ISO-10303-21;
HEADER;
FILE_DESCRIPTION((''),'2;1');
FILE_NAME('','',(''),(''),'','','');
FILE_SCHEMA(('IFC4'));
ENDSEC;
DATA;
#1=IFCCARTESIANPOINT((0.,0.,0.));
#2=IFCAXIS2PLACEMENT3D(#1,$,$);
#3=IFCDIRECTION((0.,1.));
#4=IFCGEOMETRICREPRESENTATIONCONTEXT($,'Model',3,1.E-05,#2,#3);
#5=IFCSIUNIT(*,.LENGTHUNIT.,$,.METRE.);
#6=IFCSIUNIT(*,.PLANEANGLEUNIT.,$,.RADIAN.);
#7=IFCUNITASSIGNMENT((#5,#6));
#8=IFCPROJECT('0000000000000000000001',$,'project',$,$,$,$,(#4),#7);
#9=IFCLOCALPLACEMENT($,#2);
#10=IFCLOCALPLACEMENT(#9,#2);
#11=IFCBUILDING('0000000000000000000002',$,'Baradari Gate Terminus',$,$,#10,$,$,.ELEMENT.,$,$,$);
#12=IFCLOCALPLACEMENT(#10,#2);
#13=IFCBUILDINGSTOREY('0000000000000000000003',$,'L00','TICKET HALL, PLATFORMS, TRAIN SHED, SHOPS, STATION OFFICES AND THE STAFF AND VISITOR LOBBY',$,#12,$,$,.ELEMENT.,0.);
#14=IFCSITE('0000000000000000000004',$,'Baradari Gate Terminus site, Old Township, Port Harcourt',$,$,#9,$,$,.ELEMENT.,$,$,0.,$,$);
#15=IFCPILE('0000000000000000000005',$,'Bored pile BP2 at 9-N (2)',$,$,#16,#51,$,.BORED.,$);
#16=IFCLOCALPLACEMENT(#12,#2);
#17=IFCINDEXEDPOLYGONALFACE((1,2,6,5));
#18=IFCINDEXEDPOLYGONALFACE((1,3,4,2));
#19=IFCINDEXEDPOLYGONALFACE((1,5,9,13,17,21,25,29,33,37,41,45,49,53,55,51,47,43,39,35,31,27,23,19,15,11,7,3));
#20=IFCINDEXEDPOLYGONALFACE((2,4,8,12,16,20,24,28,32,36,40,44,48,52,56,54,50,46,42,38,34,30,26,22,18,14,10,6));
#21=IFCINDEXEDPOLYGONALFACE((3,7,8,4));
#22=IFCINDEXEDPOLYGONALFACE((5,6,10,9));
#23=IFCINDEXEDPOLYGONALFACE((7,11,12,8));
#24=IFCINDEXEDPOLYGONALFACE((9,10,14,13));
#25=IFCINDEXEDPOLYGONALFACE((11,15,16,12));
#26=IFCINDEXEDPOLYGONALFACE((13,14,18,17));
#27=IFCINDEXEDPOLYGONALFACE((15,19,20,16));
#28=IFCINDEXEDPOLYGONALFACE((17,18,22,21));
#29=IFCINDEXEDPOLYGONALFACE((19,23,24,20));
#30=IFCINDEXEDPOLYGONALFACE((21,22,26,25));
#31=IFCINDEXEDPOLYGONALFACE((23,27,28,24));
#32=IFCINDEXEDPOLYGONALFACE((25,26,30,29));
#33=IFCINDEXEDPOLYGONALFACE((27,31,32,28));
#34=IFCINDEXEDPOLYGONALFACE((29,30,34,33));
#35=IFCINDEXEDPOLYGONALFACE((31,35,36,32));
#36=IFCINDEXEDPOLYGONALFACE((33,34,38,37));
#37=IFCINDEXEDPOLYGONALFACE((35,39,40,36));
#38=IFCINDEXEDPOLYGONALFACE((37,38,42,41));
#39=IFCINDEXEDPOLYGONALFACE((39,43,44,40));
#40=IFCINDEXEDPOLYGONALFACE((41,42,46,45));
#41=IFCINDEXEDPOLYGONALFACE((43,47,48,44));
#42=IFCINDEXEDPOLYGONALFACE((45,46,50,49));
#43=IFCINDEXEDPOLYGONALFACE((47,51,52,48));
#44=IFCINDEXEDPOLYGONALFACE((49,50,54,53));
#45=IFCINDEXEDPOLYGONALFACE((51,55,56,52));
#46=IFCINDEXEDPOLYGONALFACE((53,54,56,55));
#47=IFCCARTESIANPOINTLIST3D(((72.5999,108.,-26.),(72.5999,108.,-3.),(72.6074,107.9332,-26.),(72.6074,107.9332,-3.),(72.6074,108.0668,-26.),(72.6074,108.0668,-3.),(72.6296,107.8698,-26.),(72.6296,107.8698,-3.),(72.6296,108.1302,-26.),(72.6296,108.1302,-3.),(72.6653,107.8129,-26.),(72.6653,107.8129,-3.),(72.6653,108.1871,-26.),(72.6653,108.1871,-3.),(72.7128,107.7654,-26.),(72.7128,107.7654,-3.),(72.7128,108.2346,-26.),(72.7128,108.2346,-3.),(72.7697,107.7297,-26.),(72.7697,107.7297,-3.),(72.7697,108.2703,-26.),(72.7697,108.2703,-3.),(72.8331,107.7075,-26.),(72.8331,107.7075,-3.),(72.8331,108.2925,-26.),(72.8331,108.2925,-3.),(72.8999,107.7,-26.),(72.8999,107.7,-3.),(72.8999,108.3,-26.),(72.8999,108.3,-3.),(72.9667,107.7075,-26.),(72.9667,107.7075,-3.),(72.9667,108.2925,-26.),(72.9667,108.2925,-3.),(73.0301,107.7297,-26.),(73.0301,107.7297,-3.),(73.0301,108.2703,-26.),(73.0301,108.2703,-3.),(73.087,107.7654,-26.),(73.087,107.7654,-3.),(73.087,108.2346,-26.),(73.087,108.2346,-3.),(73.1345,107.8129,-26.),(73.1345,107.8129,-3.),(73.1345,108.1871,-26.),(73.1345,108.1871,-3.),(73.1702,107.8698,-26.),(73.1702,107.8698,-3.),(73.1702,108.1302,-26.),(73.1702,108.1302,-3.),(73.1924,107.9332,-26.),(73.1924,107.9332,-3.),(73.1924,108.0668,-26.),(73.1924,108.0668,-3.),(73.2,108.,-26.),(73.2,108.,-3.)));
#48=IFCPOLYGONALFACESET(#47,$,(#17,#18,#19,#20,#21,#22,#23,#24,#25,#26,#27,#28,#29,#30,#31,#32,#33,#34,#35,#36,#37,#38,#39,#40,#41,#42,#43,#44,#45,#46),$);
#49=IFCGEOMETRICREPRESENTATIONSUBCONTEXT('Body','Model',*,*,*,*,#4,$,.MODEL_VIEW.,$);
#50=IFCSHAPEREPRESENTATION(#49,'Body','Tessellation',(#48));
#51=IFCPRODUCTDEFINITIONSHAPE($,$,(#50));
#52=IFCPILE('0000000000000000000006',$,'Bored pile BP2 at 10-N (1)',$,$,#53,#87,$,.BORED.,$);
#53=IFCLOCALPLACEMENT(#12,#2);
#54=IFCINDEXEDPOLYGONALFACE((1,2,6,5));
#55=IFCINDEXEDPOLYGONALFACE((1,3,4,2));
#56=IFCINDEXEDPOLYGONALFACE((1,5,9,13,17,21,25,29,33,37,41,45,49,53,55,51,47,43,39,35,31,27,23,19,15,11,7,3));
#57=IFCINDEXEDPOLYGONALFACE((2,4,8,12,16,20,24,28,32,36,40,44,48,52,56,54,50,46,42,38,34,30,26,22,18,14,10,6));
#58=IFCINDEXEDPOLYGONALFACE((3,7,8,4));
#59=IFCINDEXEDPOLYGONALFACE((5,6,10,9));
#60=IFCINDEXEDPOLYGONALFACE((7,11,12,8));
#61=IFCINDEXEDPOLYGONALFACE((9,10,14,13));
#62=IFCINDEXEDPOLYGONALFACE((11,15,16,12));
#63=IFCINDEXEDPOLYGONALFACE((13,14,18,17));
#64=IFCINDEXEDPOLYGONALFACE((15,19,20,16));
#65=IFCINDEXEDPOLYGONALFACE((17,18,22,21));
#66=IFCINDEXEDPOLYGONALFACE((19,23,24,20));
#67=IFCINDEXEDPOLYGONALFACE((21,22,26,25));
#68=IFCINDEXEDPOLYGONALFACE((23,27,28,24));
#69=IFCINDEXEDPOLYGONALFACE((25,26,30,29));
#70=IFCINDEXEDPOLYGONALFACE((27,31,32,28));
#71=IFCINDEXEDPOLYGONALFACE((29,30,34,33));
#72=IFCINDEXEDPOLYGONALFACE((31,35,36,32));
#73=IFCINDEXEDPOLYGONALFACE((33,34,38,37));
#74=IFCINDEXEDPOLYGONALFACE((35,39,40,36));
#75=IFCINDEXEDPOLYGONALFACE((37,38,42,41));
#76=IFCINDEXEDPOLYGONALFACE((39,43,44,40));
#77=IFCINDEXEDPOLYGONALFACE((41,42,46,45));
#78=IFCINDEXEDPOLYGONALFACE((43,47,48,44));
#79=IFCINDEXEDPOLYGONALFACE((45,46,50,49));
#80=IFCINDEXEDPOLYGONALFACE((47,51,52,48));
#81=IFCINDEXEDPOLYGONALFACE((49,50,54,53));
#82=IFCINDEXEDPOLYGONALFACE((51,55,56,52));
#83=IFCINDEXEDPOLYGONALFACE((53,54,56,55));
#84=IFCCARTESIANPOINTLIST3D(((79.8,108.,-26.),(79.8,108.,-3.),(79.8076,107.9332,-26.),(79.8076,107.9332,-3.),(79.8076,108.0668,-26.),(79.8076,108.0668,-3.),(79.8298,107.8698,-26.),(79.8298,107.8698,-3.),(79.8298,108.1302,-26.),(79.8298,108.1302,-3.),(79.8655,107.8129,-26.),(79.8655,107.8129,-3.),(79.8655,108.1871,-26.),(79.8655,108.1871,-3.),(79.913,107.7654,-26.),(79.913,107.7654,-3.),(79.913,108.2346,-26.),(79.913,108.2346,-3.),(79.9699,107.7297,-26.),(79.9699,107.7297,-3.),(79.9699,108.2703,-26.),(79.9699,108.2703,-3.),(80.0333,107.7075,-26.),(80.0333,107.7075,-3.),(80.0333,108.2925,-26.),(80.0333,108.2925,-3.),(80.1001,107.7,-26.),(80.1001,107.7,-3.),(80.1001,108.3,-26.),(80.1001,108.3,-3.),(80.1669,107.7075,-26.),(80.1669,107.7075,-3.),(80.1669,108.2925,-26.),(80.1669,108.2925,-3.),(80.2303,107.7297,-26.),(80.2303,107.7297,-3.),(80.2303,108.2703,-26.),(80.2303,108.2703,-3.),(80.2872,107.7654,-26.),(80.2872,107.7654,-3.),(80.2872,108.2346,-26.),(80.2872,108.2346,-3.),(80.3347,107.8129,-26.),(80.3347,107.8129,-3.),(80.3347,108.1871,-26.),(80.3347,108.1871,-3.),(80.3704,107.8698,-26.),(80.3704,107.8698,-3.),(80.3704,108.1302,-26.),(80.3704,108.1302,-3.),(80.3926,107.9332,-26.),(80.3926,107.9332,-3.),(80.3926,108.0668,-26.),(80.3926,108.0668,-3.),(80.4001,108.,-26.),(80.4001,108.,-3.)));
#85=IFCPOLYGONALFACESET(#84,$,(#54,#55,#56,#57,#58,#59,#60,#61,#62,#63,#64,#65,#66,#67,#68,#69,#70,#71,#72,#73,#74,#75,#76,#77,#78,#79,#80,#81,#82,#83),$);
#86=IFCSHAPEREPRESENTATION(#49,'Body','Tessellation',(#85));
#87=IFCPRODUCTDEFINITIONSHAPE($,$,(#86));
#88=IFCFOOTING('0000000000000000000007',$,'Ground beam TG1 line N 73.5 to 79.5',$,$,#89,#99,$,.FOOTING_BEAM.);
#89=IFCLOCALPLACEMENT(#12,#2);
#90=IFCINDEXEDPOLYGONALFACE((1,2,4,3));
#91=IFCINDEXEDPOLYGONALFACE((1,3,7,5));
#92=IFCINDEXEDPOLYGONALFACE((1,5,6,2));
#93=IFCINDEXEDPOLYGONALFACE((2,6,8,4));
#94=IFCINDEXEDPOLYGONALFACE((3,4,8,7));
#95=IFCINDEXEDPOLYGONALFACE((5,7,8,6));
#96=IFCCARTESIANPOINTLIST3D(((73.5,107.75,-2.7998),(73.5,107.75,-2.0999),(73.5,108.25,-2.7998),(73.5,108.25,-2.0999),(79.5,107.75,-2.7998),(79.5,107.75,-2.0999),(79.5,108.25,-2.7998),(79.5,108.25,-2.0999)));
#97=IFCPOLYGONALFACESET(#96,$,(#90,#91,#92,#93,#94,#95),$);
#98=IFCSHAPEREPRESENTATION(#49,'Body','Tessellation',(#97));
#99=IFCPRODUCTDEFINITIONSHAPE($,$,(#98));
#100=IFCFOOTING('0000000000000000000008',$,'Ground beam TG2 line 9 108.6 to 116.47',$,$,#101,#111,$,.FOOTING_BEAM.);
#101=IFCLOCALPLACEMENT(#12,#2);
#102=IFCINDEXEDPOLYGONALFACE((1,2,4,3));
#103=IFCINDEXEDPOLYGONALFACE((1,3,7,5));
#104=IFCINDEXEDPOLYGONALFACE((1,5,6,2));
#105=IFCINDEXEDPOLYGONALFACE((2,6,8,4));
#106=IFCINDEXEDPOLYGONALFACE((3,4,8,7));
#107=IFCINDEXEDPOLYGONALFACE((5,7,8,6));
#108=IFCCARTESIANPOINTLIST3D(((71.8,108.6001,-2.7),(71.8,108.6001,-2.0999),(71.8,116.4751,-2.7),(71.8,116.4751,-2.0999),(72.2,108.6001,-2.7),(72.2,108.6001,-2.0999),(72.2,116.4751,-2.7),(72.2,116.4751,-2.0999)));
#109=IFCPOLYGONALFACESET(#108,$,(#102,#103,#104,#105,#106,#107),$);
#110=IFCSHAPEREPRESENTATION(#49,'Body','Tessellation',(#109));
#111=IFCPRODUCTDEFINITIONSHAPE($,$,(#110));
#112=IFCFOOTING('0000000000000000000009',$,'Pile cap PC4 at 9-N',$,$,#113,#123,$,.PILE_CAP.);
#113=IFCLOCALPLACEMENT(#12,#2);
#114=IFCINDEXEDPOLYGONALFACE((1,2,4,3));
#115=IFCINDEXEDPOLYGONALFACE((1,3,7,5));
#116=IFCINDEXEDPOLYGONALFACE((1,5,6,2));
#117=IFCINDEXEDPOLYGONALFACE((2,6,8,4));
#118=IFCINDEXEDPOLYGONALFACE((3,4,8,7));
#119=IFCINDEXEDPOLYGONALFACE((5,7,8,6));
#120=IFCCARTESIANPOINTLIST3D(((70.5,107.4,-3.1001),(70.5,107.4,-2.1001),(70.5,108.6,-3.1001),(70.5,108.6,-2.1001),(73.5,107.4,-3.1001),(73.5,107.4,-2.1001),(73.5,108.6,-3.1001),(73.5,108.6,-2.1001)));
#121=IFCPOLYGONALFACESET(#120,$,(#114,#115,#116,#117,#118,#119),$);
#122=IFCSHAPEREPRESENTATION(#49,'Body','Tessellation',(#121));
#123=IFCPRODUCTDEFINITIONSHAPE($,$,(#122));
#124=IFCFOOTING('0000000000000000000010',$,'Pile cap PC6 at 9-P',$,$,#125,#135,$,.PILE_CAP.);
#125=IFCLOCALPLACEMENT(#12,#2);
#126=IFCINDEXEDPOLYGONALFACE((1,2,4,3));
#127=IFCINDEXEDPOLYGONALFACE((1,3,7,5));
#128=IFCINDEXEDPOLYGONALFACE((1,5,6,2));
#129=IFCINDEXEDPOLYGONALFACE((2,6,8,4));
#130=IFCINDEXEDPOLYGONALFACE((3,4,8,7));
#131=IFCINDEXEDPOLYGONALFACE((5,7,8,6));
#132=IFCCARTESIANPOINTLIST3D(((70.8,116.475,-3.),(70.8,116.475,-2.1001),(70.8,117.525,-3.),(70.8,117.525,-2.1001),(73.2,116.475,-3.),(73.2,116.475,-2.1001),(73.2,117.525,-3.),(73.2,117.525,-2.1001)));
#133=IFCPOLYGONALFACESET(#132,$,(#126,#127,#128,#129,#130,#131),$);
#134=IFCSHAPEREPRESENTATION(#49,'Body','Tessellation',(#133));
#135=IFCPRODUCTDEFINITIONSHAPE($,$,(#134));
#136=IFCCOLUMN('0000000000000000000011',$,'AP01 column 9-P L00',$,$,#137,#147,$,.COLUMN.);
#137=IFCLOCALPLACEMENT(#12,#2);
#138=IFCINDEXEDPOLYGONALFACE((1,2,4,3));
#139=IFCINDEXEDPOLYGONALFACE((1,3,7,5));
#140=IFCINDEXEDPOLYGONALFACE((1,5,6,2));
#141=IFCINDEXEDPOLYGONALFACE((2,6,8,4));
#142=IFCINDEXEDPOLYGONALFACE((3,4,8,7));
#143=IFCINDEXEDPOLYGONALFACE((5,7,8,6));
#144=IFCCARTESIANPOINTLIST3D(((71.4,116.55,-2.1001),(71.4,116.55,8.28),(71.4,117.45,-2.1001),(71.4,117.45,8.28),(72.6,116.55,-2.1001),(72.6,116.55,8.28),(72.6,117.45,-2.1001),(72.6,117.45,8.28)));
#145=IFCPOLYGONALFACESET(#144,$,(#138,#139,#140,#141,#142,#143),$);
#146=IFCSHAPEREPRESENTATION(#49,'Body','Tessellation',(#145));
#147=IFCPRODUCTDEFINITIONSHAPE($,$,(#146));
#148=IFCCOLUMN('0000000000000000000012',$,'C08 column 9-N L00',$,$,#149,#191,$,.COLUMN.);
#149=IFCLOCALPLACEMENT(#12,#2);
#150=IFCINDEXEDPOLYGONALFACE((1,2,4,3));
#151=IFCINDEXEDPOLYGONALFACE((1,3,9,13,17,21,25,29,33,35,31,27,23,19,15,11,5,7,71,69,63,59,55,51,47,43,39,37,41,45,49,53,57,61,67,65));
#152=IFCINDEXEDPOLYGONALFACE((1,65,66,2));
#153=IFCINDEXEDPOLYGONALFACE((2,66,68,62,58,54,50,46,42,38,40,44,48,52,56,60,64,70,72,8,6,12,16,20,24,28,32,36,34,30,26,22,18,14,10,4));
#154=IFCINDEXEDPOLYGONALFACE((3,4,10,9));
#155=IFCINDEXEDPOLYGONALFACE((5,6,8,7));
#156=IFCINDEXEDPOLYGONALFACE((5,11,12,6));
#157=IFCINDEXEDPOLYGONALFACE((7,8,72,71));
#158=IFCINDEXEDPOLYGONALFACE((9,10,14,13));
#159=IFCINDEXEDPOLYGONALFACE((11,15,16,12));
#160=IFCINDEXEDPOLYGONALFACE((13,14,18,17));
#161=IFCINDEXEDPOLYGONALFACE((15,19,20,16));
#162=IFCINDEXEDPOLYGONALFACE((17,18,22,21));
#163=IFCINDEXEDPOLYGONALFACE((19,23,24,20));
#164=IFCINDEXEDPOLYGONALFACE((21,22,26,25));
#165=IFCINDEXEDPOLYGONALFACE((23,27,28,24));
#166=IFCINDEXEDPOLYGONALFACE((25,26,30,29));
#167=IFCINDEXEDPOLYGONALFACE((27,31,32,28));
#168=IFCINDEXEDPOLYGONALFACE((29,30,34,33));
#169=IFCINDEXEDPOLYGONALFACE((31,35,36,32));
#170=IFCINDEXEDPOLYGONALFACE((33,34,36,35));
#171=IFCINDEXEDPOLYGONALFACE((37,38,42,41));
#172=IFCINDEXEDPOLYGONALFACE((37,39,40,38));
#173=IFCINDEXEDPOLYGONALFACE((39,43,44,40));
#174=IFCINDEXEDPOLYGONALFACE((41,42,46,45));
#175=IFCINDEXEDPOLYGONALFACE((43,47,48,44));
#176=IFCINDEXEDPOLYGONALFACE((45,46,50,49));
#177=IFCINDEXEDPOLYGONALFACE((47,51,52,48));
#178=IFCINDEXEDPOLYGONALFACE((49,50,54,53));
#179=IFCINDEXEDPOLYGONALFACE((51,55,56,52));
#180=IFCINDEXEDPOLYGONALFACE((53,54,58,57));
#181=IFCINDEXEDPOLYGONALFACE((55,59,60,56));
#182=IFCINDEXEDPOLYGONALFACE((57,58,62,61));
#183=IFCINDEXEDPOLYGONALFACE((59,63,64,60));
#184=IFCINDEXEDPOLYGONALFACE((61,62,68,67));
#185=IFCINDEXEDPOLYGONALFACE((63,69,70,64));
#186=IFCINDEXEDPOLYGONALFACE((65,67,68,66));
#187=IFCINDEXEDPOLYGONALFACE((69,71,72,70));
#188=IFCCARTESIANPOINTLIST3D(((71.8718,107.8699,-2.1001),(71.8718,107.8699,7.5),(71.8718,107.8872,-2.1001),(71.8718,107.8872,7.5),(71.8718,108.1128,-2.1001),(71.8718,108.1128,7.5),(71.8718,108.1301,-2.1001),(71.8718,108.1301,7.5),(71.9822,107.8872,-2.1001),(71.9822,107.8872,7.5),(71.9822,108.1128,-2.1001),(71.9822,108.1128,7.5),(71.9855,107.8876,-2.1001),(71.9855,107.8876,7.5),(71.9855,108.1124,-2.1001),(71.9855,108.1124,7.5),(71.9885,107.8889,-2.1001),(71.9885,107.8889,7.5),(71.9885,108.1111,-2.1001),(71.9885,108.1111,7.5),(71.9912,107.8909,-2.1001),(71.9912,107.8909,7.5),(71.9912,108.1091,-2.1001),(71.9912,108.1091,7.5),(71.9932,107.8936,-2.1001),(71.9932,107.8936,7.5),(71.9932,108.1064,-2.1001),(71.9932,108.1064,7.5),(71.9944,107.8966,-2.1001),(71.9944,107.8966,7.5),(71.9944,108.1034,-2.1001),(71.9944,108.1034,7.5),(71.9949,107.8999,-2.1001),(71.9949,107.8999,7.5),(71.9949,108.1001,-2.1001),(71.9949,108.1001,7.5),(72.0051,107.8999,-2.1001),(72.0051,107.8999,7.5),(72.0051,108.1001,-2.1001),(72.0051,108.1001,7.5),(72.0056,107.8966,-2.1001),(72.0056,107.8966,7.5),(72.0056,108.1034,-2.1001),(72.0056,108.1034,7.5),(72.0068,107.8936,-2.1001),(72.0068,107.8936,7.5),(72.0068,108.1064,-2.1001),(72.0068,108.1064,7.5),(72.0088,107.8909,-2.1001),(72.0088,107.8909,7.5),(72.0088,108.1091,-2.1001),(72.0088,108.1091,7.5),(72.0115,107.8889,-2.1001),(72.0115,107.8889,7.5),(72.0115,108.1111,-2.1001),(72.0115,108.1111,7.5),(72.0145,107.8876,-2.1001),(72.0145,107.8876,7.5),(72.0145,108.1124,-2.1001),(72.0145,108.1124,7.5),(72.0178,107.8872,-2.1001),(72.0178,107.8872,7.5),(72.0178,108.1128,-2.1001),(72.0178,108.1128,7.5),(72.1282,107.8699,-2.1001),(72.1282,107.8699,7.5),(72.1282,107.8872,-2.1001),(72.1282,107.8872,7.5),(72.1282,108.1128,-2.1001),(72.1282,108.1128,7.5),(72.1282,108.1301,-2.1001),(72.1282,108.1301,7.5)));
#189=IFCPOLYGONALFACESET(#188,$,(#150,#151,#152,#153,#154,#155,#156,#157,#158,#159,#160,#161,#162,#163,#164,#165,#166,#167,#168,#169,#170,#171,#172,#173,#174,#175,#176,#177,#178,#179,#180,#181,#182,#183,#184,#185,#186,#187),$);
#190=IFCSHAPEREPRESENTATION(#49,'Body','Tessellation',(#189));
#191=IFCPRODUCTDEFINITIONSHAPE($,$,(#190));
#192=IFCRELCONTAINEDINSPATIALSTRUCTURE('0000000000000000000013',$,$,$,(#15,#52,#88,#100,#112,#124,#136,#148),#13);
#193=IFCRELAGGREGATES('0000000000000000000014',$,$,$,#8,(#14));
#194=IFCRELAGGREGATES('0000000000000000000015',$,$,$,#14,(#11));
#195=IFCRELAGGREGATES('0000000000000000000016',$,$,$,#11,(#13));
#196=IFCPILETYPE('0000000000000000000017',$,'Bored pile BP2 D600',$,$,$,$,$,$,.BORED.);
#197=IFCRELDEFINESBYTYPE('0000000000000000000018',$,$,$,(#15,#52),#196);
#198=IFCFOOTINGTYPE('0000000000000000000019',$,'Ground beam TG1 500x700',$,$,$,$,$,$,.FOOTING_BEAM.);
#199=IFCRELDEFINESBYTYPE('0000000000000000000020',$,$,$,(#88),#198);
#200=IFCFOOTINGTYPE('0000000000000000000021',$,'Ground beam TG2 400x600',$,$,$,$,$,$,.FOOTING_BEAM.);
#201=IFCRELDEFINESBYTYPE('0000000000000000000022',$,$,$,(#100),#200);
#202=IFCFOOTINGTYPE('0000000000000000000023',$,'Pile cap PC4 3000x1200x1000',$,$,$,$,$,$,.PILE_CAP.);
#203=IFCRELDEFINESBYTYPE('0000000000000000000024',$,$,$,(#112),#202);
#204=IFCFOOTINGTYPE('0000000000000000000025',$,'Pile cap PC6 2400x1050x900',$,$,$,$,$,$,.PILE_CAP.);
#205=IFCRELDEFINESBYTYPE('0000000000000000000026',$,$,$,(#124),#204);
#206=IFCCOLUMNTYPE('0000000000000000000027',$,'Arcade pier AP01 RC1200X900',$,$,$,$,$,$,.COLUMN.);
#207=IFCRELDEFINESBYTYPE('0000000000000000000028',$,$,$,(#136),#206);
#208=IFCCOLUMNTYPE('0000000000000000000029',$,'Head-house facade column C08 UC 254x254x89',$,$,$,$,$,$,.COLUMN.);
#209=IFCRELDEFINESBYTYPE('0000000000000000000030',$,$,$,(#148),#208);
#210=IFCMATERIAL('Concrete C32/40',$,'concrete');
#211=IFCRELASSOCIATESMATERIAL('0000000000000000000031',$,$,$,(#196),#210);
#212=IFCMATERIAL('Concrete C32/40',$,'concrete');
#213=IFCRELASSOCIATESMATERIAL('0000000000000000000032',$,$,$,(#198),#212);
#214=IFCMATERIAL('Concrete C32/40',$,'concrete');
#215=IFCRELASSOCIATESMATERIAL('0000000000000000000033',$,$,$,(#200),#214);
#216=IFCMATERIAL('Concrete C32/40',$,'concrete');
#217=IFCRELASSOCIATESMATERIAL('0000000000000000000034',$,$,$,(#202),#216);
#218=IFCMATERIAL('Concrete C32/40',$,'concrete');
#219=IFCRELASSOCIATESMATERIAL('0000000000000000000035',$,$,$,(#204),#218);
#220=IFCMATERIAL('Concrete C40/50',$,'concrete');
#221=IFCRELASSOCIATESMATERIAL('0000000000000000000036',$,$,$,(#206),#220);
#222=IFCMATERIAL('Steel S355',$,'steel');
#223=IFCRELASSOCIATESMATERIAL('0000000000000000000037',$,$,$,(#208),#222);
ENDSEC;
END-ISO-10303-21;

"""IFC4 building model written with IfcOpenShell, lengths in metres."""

from ifc_helpers import new_model, si_unit, direction, frame, origin, origin_2d, place, context, subcontext, project, spatial, rectangle, circle, i_section, extrude, material, material_profile, profile_set, type_object, element, save


model = new_model("IFC4")

# Units and contexts
model_context = context("Model", 3, precision=1e-05, world=origin(), true_north=direction((0.0, 1.0)))
body_context = subcontext(model_context, "Body", "Model", "MODEL_VIEW")
ifc_project = project(units=[si_unit("LENGTHUNIT", "METRE"), si_unit("PLANEANGLEUNIT", "RADIAN")], contexts=[model_context])

# Site, building, storey
site_placement = place(None, origin())
site = spatial("IfcSite", under=ifc_project, at=site_placement, Name="Baradari Gate Terminus site, Old Township, Port Harcourt", CompositionType="ELEMENT", RefElevation=0.0)
building_placement = place(site_placement, origin())
building = spatial("IfcBuilding", under=site, at=building_placement, Name="Baradari Gate Terminus", CompositionType="ELEMENT")
storey_placement = place(building_placement, origin())
storey = spatial("IfcBuildingStorey", under=building, at=storey_placement, Name="L00", Description="TICKET HALL, PLATFORMS, TRAIN SHED, SHOPS, STATION OFFICES AND THE STAFF AND VISITOR LOBBY", CompositionType="ELEMENT", Elevation=0.0)

# Piles
ifc_material_1 = material(Name="Concrete C32/40", Category="concrete")
pile_type = type_object("IfcPileType", Name="Bored pile BP2 D600", PredefinedType="BORED", material=ifc_material_1)
for number, where, z_axis, x_axis, name in (
    (1, (72.8999, 108.0, -3.0), (0.0, 0.0, -1.0), (1.0, 0.0, 0.0), "Bored pile BP2 at 9-N (2)"),
    (2, (80.1001, 108.0, -3.0), (0.0, 0.0, -1.0), (1.0, 0.0, 0.0), "Bored pile BP2 at 10-N (1)"),
):
    element("IfcPile", number, at=place(storey_placement, frame(where, z_axis=z_axis, x_axis=x_axis)), inside=storey, type_object=pile_type, Name=name, PredefinedType="BORED", context=body_context, shape_type="SweptSolid", body=[
        extrude(circle(Radius=0.3, at=origin_2d()), origin(), (0.0, 0.0, 1.0), 23.0),
    ])

# Footings
ifc_material_2 = material(Name="Concrete C32/40", Category="concrete")
footing_type_1 = type_object("IfcFootingType", Name="Ground beam TG1 500x700", PredefinedType="FOOTING_BEAM", material=ifc_material_2)
footing_1_placement = place(storey_placement, frame((76.5, 108.0, -2.7998), z_axis=(0.0, 0.0, 1.0), x_axis=(1.0, 0.0, 0.0)))
element("IfcFooting", 3, at=footing_1_placement, inside=storey, type_object=footing_type_1, Name="Ground beam TG1 line N 73.5 to 79.5", PredefinedType="FOOTING_BEAM", context=body_context, shape_type="SweptSolid", body=[
    extrude(rectangle(XDim=6.0, YDim=0.5, at=origin_2d()), origin(), (0.0, 0.0, 1.0), 0.7),
])
ifc_material_3 = material(Name="Concrete C32/40", Category="concrete")
footing_type_2 = type_object("IfcFootingType", Name="Ground beam TG2 400x600", PredefinedType="FOOTING_BEAM", material=ifc_material_3)
footing_2_placement = place(storey_placement, frame((72.0, 112.5376, -2.7), z_axis=(0.0, 0.0, 1.0), x_axis=(1.0, 0.0, 0.0)))
element("IfcFooting", 4, at=footing_2_placement, inside=storey, type_object=footing_type_2, Name="Ground beam TG2 line 9 108.6 to 116.47", PredefinedType="FOOTING_BEAM", context=body_context, shape_type="SweptSolid", body=[
    extrude(rectangle(XDim=0.3999, YDim=7.875, at=origin_2d()), origin(), (0.0, 0.0, 1.0), 0.6001),
])
ifc_material_4 = material(Name="Concrete C32/40", Category="concrete")
footing_type_3 = type_object("IfcFootingType", Name="Pile cap PC4 3000x1200x1000", PredefinedType="PILE_CAP", material=ifc_material_4)
footing_3_placement = place(storey_placement, frame((72.0, 108.0, -3.1001), z_axis=(0.0, 0.0, 1.0), x_axis=(1.0, 0.0, 0.0)))
element("IfcFooting", 5, at=footing_3_placement, inside=storey, type_object=footing_type_3, Name="Pile cap PC4 at 9-N", PredefinedType="PILE_CAP", context=body_context, shape_type="SweptSolid", body=[
    extrude(rectangle(XDim=3.0, YDim=1.2, at=origin_2d()), origin(), (0.0, 0.0, 1.0), 1.0),
])
ifc_material_5 = material(Name="Concrete C32/40", Category="concrete")
footing_type_4 = type_object("IfcFootingType", Name="Pile cap PC6 2400x1050x900", PredefinedType="PILE_CAP", material=ifc_material_5)
footing_4_placement = place(storey_placement, frame((72.0, 117.0, -3.0), z_axis=(0.0, 0.0, 1.0), x_axis=(1.0, 0.0, 0.0)))
element("IfcFooting", 6, at=footing_4_placement, inside=storey, type_object=footing_type_4, Name="Pile cap PC6 at 9-P", PredefinedType="PILE_CAP", context=body_context, shape_type="SweptSolid", body=[
    extrude(rectangle(XDim=2.3999, YDim=1.05, at=origin_2d()), origin(), (0.0, 0.0, 1.0), 0.8999),
])

# Columns
ifc_material_6 = material(Name="Concrete C40/50", Category="concrete")
ifc_material_profile_1 = material_profile(ifc_material_6, rectangle(XDim=1.2, YDim=0.8999, at=origin_2d()), Name="RC1200X900")
ifc_profile_set_1 = profile_set([ifc_material_profile_1], Name="Concrete C40/50")
column_type_1 = type_object("IfcColumnType", Name="Arcade pier AP01 RC1200X900", PredefinedType="COLUMN", material=ifc_profile_set_1)
column_1_placement = place(storey_placement, frame((72.0, 117.0, -2.1001), z_axis=(0.0, 0.0, 1.0), x_axis=(1.0, 0.0, 0.0)))
element("IfcColumn", 7, at=column_1_placement, inside=storey, type_object=column_type_1, Name="AP01 column 9-P L00", PredefinedType="COLUMN", context=body_context, shape_type="SweptSolid", body=[
    extrude(rectangle(XDim=1.2, YDim=0.8999, at=origin_2d()), origin(), (0.0, 0.0, 1.0), 10.3801),
])
ifc_material_7 = material(Name="Steel S355", Category="steel")
ifc_material_profile_2 = material_profile(ifc_material_7, i_section(OverallWidth=0.2563, OverallDepth=0.2603, WebThickness=0.0103, FlangeThickness=0.0173, FilletRadius=0.0127, at=origin_2d()), Name="UC 254x254x89")
ifc_profile_set_2 = profile_set([ifc_material_profile_2], Name="Steel S355")
column_type_2 = type_object("IfcColumnType", Name="Head-house facade column C08 UC 254x254x89", PredefinedType="COLUMN", material=ifc_profile_set_2)
column_2_placement = place(storey_placement, frame((72.0, 108.0, -2.1001), z_axis=(0.0, 0.0, 1.0), x_axis=(1.0, 0.0, 0.0)))
element("IfcColumn", 8, at=column_2_placement, inside=storey, type_object=column_type_2, Name="C08 column 9-N L00", PredefinedType="COLUMN", context=body_context, shape_type="SweptSolid", body=[
    extrude(i_section(OverallWidth=0.2563, OverallDepth=0.2603, WebThickness=0.0103, FlangeThickness=0.0173, FilletRadius=0.0127, at=origin_2d()), origin(), (0.0, 0.0, 1.0), 9.6001),
])

save(model, "model.ifc")
